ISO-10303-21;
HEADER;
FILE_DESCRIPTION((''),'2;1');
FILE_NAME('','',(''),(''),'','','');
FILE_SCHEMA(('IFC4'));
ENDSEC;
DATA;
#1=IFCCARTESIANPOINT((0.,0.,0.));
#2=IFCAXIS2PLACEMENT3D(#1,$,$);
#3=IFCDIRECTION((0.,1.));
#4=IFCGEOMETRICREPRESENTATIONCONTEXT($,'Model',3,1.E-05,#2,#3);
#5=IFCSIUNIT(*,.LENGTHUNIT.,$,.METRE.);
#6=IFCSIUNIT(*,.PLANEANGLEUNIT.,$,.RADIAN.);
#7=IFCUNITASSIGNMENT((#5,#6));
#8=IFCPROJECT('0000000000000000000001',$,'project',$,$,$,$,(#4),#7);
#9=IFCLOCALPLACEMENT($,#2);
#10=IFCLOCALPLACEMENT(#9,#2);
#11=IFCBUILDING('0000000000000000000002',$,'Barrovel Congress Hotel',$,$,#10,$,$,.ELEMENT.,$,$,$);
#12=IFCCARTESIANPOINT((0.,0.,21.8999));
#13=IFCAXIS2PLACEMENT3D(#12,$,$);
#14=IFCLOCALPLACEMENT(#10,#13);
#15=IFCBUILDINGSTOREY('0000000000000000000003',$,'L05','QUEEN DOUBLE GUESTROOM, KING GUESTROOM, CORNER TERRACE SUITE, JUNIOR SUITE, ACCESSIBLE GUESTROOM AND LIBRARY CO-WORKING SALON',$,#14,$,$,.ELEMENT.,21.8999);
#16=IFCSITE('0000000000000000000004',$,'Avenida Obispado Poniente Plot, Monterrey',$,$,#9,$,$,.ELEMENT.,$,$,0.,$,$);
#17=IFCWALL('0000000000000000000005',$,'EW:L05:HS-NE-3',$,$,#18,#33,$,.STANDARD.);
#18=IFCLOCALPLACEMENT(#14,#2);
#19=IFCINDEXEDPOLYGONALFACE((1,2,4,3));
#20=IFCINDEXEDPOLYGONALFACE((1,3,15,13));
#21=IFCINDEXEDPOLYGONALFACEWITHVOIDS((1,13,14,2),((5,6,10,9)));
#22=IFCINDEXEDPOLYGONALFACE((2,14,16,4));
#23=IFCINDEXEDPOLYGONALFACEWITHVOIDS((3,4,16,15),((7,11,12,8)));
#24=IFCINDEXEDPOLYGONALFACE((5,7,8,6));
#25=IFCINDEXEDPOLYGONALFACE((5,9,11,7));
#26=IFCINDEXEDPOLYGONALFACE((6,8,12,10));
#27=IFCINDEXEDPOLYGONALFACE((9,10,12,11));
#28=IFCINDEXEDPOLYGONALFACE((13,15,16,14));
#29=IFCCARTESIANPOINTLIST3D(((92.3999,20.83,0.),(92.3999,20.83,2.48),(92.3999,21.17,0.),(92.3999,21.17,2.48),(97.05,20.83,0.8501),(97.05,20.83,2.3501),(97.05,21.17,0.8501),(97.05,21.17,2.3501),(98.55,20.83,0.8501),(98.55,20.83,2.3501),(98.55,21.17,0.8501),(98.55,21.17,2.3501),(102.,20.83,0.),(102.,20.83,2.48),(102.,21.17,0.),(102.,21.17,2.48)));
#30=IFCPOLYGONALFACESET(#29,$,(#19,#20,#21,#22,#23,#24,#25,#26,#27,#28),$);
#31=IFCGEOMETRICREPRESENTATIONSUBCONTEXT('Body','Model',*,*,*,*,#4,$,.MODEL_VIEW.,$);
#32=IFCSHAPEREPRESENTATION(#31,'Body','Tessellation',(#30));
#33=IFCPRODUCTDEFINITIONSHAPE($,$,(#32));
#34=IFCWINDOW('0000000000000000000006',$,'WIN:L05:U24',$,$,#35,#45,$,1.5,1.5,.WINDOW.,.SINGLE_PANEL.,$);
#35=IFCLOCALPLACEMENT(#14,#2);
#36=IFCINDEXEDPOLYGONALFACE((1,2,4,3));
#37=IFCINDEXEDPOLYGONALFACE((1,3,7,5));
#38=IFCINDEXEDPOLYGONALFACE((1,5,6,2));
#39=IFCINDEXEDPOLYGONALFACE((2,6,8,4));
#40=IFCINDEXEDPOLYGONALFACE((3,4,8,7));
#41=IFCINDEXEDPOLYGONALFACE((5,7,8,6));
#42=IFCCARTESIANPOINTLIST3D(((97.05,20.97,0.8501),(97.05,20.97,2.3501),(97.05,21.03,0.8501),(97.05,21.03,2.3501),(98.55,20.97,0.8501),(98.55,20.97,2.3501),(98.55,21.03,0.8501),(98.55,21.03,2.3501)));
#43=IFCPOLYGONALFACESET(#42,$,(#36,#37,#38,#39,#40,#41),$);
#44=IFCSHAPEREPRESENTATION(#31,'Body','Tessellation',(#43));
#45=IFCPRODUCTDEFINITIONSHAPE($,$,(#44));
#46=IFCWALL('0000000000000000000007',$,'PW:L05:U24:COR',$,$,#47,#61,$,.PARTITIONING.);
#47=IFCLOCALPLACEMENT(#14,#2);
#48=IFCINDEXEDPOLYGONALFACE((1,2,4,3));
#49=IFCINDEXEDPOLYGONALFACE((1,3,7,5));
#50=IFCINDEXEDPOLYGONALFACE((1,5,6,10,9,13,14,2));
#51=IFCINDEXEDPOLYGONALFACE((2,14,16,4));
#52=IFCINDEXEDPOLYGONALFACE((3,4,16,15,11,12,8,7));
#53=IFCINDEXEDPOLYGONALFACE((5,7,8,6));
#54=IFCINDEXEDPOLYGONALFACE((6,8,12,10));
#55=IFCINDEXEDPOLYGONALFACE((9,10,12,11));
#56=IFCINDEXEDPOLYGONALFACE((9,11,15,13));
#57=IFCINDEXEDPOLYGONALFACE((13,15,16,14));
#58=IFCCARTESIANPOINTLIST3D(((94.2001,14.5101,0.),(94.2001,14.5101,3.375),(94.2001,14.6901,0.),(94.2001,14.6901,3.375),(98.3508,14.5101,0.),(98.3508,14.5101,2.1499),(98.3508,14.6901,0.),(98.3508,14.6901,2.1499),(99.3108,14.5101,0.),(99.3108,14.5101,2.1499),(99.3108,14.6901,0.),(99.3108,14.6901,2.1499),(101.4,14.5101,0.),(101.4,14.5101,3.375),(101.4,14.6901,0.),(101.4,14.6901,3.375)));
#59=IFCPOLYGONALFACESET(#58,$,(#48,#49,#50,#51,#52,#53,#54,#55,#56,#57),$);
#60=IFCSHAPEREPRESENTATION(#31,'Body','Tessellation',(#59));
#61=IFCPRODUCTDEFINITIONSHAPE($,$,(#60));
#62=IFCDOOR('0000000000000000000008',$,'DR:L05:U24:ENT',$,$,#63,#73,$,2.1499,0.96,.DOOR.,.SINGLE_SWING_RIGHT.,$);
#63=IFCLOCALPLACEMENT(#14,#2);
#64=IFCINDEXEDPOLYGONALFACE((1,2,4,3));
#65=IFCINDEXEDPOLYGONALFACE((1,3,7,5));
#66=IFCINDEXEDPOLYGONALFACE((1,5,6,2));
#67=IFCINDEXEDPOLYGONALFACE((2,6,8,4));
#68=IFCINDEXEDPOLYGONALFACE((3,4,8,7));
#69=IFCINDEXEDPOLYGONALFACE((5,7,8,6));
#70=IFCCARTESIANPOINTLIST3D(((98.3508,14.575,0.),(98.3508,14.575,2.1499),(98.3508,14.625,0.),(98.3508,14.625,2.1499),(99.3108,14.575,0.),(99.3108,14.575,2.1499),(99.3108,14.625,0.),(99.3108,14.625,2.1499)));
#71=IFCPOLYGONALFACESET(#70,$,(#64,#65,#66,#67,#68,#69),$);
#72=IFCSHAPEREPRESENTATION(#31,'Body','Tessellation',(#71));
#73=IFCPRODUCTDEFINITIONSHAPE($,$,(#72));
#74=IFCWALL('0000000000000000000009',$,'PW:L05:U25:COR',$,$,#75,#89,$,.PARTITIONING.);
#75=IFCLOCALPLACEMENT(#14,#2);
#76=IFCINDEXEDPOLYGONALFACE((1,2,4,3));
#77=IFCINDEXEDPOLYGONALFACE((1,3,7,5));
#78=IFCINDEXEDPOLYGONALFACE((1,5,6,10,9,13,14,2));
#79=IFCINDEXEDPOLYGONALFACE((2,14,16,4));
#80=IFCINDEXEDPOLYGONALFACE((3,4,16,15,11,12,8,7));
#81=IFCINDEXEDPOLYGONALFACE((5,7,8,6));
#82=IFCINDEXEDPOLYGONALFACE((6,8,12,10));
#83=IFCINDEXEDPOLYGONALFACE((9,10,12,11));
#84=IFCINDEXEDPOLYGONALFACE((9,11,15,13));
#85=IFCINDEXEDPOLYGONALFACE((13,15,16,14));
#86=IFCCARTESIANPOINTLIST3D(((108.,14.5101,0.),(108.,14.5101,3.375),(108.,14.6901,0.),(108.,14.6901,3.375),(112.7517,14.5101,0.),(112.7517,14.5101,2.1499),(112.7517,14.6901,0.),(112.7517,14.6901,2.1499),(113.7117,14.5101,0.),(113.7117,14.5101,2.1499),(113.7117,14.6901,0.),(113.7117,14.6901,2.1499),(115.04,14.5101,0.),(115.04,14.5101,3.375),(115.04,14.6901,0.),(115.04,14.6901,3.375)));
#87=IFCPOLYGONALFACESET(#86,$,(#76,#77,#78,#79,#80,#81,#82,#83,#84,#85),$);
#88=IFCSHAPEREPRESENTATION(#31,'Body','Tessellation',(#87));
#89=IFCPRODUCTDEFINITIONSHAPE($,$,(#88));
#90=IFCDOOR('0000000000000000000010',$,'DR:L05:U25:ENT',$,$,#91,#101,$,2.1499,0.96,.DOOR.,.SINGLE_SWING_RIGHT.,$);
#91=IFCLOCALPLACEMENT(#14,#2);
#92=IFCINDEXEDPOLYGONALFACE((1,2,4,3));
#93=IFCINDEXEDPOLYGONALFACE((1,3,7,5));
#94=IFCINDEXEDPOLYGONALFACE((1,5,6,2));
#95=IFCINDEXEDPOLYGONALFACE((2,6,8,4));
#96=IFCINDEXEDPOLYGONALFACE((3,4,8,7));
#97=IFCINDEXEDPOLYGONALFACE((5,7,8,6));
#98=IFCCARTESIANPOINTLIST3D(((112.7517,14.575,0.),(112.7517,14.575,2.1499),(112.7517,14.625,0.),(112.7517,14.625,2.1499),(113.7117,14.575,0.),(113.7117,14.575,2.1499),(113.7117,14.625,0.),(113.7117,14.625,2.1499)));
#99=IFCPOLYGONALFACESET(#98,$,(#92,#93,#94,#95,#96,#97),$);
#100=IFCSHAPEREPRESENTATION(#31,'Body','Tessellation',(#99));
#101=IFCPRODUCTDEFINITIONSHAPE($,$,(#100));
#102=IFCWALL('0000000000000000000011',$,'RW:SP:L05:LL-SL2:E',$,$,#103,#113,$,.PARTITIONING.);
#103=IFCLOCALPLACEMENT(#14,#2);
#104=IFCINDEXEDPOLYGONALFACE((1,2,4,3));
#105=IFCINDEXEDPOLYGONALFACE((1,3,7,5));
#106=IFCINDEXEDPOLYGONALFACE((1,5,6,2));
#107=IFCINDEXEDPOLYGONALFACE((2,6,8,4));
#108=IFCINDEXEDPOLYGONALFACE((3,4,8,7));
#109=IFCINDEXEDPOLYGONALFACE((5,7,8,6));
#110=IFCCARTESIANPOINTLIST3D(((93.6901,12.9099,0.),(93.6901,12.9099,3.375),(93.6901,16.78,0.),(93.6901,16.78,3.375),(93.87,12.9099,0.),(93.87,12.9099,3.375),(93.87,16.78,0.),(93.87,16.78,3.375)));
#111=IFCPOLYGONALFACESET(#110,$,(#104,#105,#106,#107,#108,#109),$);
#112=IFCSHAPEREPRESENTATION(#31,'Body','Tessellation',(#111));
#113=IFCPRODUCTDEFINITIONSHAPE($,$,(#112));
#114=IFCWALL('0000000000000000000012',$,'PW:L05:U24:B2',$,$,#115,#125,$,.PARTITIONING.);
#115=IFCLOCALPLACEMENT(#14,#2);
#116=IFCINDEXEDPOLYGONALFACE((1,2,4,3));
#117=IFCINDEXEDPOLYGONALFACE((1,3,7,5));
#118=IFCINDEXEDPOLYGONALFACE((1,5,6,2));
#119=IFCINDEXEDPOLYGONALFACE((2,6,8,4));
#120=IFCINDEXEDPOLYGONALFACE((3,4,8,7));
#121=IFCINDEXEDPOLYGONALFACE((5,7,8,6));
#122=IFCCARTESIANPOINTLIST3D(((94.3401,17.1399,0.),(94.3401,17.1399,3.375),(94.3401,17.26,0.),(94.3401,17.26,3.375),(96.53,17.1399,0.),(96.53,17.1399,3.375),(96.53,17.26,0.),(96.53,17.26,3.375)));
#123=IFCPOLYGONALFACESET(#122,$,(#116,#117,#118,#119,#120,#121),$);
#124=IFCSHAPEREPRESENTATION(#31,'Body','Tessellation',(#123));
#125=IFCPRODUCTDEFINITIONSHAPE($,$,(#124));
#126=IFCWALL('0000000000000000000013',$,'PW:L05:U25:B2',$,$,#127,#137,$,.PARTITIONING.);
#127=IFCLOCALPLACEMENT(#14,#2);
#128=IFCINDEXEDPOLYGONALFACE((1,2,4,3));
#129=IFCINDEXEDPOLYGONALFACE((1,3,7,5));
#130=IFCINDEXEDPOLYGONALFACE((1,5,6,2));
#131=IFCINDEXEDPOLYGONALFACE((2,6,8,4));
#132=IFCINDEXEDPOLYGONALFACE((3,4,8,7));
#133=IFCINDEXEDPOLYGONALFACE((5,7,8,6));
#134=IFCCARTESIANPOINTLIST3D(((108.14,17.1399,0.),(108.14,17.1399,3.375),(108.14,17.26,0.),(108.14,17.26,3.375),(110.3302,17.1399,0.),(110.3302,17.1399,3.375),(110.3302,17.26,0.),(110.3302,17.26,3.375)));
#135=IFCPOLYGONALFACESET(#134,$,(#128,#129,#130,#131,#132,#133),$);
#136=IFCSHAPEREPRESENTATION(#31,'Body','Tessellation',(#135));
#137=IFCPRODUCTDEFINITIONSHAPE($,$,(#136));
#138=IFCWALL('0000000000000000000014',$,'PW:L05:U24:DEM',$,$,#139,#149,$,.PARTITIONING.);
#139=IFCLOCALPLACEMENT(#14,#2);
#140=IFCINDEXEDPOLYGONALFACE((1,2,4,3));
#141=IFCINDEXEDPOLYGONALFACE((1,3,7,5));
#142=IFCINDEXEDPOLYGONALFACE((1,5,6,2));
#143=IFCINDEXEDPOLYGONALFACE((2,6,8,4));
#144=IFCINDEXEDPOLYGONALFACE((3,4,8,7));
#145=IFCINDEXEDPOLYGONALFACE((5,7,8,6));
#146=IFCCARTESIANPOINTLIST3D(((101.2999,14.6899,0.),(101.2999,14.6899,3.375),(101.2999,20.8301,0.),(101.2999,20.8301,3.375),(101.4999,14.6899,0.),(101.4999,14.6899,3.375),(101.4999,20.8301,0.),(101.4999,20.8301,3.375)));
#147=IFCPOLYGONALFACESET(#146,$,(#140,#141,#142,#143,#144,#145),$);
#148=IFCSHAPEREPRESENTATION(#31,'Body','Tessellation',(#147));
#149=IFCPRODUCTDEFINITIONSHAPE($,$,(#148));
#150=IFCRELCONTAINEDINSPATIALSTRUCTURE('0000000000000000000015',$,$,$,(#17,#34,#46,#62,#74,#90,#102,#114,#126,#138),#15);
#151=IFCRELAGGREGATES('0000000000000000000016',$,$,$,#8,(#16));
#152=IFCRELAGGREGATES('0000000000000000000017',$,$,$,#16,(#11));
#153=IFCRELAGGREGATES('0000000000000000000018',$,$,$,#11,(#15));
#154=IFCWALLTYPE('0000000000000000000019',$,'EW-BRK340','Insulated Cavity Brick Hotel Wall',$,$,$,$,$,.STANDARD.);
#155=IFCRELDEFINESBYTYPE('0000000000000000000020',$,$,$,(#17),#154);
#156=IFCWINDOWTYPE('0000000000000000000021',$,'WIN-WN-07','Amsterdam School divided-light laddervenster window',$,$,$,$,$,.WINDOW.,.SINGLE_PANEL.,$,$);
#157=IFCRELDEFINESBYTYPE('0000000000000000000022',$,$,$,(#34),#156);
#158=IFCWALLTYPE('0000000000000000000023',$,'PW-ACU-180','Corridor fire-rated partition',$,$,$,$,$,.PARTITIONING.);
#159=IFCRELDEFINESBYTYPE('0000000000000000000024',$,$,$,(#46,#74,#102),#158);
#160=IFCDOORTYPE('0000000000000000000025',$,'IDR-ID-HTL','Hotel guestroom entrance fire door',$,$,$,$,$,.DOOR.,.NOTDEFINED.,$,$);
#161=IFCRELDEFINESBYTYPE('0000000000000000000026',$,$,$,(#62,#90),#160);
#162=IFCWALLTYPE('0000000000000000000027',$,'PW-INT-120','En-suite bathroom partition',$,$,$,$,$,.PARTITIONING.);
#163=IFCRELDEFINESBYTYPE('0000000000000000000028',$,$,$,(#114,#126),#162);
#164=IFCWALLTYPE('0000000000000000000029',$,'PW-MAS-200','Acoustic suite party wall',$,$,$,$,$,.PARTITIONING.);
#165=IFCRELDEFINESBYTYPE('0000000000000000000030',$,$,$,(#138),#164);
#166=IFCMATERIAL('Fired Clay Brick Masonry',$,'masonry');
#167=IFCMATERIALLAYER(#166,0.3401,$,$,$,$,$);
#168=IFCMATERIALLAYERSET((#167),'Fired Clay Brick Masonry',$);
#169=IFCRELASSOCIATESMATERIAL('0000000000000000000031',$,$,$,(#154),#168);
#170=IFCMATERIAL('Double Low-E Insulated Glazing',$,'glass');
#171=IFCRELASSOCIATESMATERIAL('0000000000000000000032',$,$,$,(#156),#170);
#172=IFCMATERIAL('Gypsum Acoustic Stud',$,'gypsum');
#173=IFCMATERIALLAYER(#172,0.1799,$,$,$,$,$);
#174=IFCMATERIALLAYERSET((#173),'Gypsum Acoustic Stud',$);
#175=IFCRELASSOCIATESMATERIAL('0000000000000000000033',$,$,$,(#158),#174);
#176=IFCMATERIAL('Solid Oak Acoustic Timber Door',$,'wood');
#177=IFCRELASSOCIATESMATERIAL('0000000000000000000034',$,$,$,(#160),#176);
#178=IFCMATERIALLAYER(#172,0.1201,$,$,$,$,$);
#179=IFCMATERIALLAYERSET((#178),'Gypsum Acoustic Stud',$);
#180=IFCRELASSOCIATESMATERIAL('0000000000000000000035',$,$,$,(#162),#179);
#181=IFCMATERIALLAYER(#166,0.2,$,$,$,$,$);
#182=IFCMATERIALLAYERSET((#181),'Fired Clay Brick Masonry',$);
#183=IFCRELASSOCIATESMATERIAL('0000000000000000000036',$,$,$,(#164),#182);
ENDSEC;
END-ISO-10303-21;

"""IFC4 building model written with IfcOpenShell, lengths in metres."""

from ifc_helpers import new_model, si_unit, direction, frame, frame_2d, origin, place, context, subcontext, project, spatial, rectangle, extrude, material, layer, layer_set, type_object, element, fill, save


model = new_model("IFC4")

# Units and contexts
model_context = context("Model", 3, precision=1e-05, world=origin(), true_north=direction((0.0, 1.0)))
body_context = subcontext(model_context, "Body", "Model", "MODEL_VIEW")
ifc_project = project(units=[si_unit("LENGTHUNIT", "METRE"), si_unit("PLANEANGLEUNIT", "RADIAN")], contexts=[model_context])

# Site, building, storey
site_placement = place(None, origin())
site = spatial("IfcSite", under=ifc_project, at=site_placement, Name="Avenida Obispado Poniente Plot, Monterrey", CompositionType="ELEMENT", RefElevation=0.0)
building_placement = place(site_placement, origin())
building = spatial("IfcBuilding", under=site, at=building_placement, Name="Barrovel Congress Hotel", CompositionType="ELEMENT")
storey_placement = place(building_placement, frame((0.0, 0.0, 21.8999)))
storey = spatial("IfcBuildingStorey", under=building, at=storey_placement, Name="L05", Description="QUEEN DOUBLE GUESTROOM, KING GUESTROOM, CORNER TERRACE SUITE, JUNIOR SUITE, ACCESSIBLE GUESTROOM AND LIBRARY CO-WORKING SALON", CompositionType="ELEMENT", Elevation=21.8999)

# Wall, opening, window
ifc_material_1 = material(Name="Fired Clay Brick Masonry", Category="masonry")
ifc_layer_1 = layer(ifc_material_1, 0.3401)
ifc_layer_set_1 = layer_set([ifc_layer_1], Name="Fired Clay Brick Masonry")
wall_type_1 = type_object("IfcWallType", Name="EW-BRK340", Description="Insulated Cavity Brick Hotel Wall", PredefinedType="STANDARD", material=ifc_layer_set_1)
wall_1_placement = place(storey_placement, frame((102.0, 21.0, 0.0), z_axis=(0.0, 0.0, 1.0), x_axis=(-1.0, 0.0, 0.0)))
wall_1 = element("IfcWall", 1, at=wall_1_placement, inside=storey, type_object=wall_type_1, Name="EW:L05:HS-NE-3", PredefinedType="STANDARD", context=body_context, shape_type="SweptSolid", body=[
    extrude(rectangle(XDim=9.6001, YDim=0.3401, at=frame_2d((4.8, 0.0))), origin(), (0.0, 0.0, 1.0), 2.48),
])
opening_1_placement = place(wall_1_placement, frame((3.45, 0.0, 0.8501)))
opening_1 = element("IfcOpeningElement", 2, at=opening_1_placement, cuts=wall_1, PredefinedType="OPENING", context=body_context, shape_type="SweptSolid", body=[
    extrude(rectangle(XDim=1.5, YDim=1.5, at=frame_2d((0.75, 0.75))), frame((0.0, 0.1802, 0.0), z_axis=(0.0, -1.0, 0.0), x_axis=(1.0, 0.0, 0.0)), (0.0, 0.0, 1.0), 0.3601),
])
ifc_material_2 = material(Name="Double Low-E Insulated Glazing", Category="glass")
window_type = type_object("IfcWindowType", Name="WIN-WN-07", Description="Amsterdam School divided-light laddervenster window", PartitioningType="SINGLE_PANEL", PredefinedType="WINDOW", material=ifc_material_2)
window_placement = place(opening_1_placement, origin())
window = element("IfcWindow", 3, at=window_placement, inside=storey, type_object=window_type, Name="WIN:L05:U24", OverallHeight=1.5, OverallWidth=1.5, PartitioningType="SINGLE_PANEL", PredefinedType="WINDOW", context=body_context, shape_type="SweptSolid", body=[
    extrude(rectangle(XDim=1.5, YDim=1.5, at=frame_2d((0.75, 0.75))), frame((0.0, 0.03, 0.0), z_axis=(0.0, -1.0, 0.0), x_axis=(1.0, 0.0, 0.0)), (0.0, 0.0, 1.0), 0.0601),
])
fill(opening_1, window)

# Walls, openings, doors
ifc_material_3 = material(Name="Gypsum Acoustic Stud", Category="gypsum")
ifc_layer_2 = layer(ifc_material_3, 0.1799)
ifc_layer_set_2 = layer_set([ifc_layer_2], Name="Gypsum Acoustic Stud")
wall_type_2 = type_object("IfcWallType", Name="PW-ACU-180", Description="Corridor fire-rated partition", PredefinedType="PARTITIONING", material=ifc_layer_set_2)
wall_2_placement = place(storey_placement, frame((94.2, 14.6001, 0.0), z_axis=(0.0, 0.0, 1.0), x_axis=(1.0, 0.0, 0.0)))
wall_2 = element("IfcWall", 4, at=wall_2_placement, inside=storey, type_object=wall_type_2, Name="PW:L05:U24:COR", PredefinedType="PARTITIONING", context=body_context, shape_type="SweptSolid", body=[
    extrude(rectangle(XDim=7.2, YDim=0.1799, at=frame_2d((3.6001, 0.0))), origin(), (0.0, 0.0, 1.0), 3.375),
])
opening_2_placement = place(wall_2_placement, frame((4.1509, 0.0, 0.0)))
opening_2 = element("IfcOpeningElement", 5, at=opening_2_placement, cuts=wall_2, PredefinedType="OPENING", context=body_context, shape_type="SweptSolid", body=[
    extrude(rectangle(XDim=0.96, YDim=2.1499, at=frame_2d((0.48, 1.075))), frame((0.0, 0.1001, 0.0), z_axis=(0.0, -1.0, 0.0), x_axis=(1.0, 0.0, 0.0)), (0.0, 0.0, 1.0), 0.2),
])
ifc_material_4 = material(Name="Solid Oak Acoustic Timber Door", Category="wood")
door_type_1 = type_object("IfcDoorType", Name="IDR-ID-HTL", Description="Hotel guestroom entrance fire door", OperationType="NOTDEFINED", PredefinedType="DOOR", material=ifc_material_4)
door_1_placement = place(opening_2_placement, origin())
door_1 = element("IfcDoor", 6, at=door_1_placement, inside=storey, type_object=door_type_1, Name="DR:L05:U24:ENT", OperationType="SINGLE_SWING_RIGHT", OverallHeight=2.1499, OverallWidth=0.96, PredefinedType="DOOR", context=body_context, shape_type="SweptSolid", body=[
    extrude(rectangle(XDim=0.96, YDim=2.1499, at=frame_2d((0.48, 1.075))), frame((0.0, 0.0249, 0.0), z_axis=(0.0, -1.0, 0.0), x_axis=(1.0, 0.0, 0.0)), (0.0, 0.0, 1.0), 0.05),
])
fill(opening_2, door_1)
wall_3_placement = place(storey_placement, frame((108.0, 14.6001, 0.0), z_axis=(0.0, 0.0, 1.0), x_axis=(1.0, 0.0, 0.0)))
wall_3 = element("IfcWall", 7, at=wall_3_placement, inside=storey, type_object=wall_type_2, Name="PW:L05:U25:COR", PredefinedType="PARTITIONING", context=body_context, shape_type="SweptSolid", body=[
    extrude(rectangle(XDim=7.04, YDim=0.1799, at=frame_2d((3.52, 0.0))), origin(), (0.0, 0.0, 1.0), 3.375),
])
opening_3_placement = place(wall_3_placement, frame((4.7517, 0.0, 0.0)))
opening_3 = element("IfcOpeningElement", 8, at=opening_3_placement, cuts=wall_3, PredefinedType="OPENING", context=body_context, shape_type="SweptSolid", body=[
    extrude(rectangle(XDim=0.96, YDim=2.1499, at=frame_2d((0.48, 1.075))), frame((0.0, 0.1001, 0.0), z_axis=(0.0, -1.0, 0.0), x_axis=(1.0, 0.0, 0.0)), (0.0, 0.0, 1.0), 0.2),
])
door_2_placement = place(opening_3_placement, origin())
door_2 = element("IfcDoor", 9, at=door_2_placement, inside=storey, type_object=door_type_1, Name="DR:L05:U25:ENT", OperationType="SINGLE_SWING_RIGHT", OverallHeight=2.1499, OverallWidth=0.96, PredefinedType="DOOR", context=body_context, shape_type="SweptSolid", body=[
    extrude(rectangle(XDim=0.96, YDim=2.1499, at=frame_2d((0.48, 1.075))), frame((0.0, 0.0249, 0.0), z_axis=(0.0, -1.0, 0.0), x_axis=(1.0, 0.0, 0.0)), (0.0, 0.0, 1.0), 0.05),
])
fill(opening_3, door_2)

# Walls
wall_4_placement = place(storey_placement, frame((93.78, 12.9099, 0.0), z_axis=(0.0, 0.0, 1.0), x_axis=(0.0, 1.0, 0.0)))
element("IfcWall", 10, at=wall_4_placement, inside=storey, type_object=wall_type_2, Name="RW:SP:L05:LL-SL2:E", PredefinedType="PARTITIONING", context=body_context, shape_type="SweptSolid", body=[
    extrude(rectangle(XDim=3.8701, YDim=0.1799, at=frame_2d((1.9351, 0.0))), origin(), (0.0, 0.0, 1.0), 3.375),
])
ifc_layer_3 = layer(ifc_material_3, 0.1201)
ifc_layer_set_3 = layer_set([ifc_layer_3], Name="Gypsum Acoustic Stud")
wall_type_3 = type_object("IfcWallType", Name="PW-INT-120", Description="En-suite bathroom partition", PredefinedType="PARTITIONING", material=ifc_layer_set_3)
wall_5_placement = place(storey_placement, frame((94.3401, 17.2, 0.0), z_axis=(0.0, 0.0, 1.0), x_axis=(1.0, 0.0, 0.0)))
element("IfcWall", 11, at=wall_5_placement, inside=storey, type_object=wall_type_3, Name="PW:L05:U24:B2", PredefinedType="PARTITIONING", context=body_context, shape_type="SweptSolid", body=[
    extrude(rectangle(XDim=2.1899, YDim=0.1201, at=frame_2d((1.095, 0.0))), origin(), (0.0, 0.0, 1.0), 3.375),
])
wall_6_placement = place(storey_placement, frame((108.1399, 17.2, 0.0), z_axis=(0.0, 0.0, 1.0), x_axis=(1.0, 0.0, 0.0)))
element("IfcWall", 12, at=wall_6_placement, inside=storey, type_object=wall_type_3, Name="PW:L05:U25:B2", PredefinedType="PARTITIONING", context=body_context, shape_type="SweptSolid", body=[
    extrude(rectangle(XDim=2.1902, YDim=0.1201, at=frame_2d((1.0952, 0.0))), origin(), (0.0, 0.0, 1.0), 3.375),
])
ifc_layer_4 = layer(ifc_material_1, 0.2)
ifc_layer_set_4 = layer_set([ifc_layer_4], Name="Fired Clay Brick Masonry")
wall_type_4 = type_object("IfcWallType", Name="PW-MAS-200", Description="Acoustic suite party wall", PredefinedType="PARTITIONING", material=ifc_layer_set_4)
wall_7_placement = place(storey_placement, frame((101.3999, 14.6899, 0.0), z_axis=(0.0, 0.0, 1.0), x_axis=(0.0, 1.0, 0.0)))
element("IfcWall", 13, at=wall_7_placement, inside=storey, type_object=wall_type_4, Name="PW:L05:U24:DEM", PredefinedType="PARTITIONING", context=body_context, shape_type="SweptSolid", body=[
    extrude(rectangle(XDim=6.1401, YDim=0.2, at=frame_2d((3.0701, 0.0))), origin(), (0.0, 0.0, 1.0), 3.375),
])

save(model, "model.ifc")
